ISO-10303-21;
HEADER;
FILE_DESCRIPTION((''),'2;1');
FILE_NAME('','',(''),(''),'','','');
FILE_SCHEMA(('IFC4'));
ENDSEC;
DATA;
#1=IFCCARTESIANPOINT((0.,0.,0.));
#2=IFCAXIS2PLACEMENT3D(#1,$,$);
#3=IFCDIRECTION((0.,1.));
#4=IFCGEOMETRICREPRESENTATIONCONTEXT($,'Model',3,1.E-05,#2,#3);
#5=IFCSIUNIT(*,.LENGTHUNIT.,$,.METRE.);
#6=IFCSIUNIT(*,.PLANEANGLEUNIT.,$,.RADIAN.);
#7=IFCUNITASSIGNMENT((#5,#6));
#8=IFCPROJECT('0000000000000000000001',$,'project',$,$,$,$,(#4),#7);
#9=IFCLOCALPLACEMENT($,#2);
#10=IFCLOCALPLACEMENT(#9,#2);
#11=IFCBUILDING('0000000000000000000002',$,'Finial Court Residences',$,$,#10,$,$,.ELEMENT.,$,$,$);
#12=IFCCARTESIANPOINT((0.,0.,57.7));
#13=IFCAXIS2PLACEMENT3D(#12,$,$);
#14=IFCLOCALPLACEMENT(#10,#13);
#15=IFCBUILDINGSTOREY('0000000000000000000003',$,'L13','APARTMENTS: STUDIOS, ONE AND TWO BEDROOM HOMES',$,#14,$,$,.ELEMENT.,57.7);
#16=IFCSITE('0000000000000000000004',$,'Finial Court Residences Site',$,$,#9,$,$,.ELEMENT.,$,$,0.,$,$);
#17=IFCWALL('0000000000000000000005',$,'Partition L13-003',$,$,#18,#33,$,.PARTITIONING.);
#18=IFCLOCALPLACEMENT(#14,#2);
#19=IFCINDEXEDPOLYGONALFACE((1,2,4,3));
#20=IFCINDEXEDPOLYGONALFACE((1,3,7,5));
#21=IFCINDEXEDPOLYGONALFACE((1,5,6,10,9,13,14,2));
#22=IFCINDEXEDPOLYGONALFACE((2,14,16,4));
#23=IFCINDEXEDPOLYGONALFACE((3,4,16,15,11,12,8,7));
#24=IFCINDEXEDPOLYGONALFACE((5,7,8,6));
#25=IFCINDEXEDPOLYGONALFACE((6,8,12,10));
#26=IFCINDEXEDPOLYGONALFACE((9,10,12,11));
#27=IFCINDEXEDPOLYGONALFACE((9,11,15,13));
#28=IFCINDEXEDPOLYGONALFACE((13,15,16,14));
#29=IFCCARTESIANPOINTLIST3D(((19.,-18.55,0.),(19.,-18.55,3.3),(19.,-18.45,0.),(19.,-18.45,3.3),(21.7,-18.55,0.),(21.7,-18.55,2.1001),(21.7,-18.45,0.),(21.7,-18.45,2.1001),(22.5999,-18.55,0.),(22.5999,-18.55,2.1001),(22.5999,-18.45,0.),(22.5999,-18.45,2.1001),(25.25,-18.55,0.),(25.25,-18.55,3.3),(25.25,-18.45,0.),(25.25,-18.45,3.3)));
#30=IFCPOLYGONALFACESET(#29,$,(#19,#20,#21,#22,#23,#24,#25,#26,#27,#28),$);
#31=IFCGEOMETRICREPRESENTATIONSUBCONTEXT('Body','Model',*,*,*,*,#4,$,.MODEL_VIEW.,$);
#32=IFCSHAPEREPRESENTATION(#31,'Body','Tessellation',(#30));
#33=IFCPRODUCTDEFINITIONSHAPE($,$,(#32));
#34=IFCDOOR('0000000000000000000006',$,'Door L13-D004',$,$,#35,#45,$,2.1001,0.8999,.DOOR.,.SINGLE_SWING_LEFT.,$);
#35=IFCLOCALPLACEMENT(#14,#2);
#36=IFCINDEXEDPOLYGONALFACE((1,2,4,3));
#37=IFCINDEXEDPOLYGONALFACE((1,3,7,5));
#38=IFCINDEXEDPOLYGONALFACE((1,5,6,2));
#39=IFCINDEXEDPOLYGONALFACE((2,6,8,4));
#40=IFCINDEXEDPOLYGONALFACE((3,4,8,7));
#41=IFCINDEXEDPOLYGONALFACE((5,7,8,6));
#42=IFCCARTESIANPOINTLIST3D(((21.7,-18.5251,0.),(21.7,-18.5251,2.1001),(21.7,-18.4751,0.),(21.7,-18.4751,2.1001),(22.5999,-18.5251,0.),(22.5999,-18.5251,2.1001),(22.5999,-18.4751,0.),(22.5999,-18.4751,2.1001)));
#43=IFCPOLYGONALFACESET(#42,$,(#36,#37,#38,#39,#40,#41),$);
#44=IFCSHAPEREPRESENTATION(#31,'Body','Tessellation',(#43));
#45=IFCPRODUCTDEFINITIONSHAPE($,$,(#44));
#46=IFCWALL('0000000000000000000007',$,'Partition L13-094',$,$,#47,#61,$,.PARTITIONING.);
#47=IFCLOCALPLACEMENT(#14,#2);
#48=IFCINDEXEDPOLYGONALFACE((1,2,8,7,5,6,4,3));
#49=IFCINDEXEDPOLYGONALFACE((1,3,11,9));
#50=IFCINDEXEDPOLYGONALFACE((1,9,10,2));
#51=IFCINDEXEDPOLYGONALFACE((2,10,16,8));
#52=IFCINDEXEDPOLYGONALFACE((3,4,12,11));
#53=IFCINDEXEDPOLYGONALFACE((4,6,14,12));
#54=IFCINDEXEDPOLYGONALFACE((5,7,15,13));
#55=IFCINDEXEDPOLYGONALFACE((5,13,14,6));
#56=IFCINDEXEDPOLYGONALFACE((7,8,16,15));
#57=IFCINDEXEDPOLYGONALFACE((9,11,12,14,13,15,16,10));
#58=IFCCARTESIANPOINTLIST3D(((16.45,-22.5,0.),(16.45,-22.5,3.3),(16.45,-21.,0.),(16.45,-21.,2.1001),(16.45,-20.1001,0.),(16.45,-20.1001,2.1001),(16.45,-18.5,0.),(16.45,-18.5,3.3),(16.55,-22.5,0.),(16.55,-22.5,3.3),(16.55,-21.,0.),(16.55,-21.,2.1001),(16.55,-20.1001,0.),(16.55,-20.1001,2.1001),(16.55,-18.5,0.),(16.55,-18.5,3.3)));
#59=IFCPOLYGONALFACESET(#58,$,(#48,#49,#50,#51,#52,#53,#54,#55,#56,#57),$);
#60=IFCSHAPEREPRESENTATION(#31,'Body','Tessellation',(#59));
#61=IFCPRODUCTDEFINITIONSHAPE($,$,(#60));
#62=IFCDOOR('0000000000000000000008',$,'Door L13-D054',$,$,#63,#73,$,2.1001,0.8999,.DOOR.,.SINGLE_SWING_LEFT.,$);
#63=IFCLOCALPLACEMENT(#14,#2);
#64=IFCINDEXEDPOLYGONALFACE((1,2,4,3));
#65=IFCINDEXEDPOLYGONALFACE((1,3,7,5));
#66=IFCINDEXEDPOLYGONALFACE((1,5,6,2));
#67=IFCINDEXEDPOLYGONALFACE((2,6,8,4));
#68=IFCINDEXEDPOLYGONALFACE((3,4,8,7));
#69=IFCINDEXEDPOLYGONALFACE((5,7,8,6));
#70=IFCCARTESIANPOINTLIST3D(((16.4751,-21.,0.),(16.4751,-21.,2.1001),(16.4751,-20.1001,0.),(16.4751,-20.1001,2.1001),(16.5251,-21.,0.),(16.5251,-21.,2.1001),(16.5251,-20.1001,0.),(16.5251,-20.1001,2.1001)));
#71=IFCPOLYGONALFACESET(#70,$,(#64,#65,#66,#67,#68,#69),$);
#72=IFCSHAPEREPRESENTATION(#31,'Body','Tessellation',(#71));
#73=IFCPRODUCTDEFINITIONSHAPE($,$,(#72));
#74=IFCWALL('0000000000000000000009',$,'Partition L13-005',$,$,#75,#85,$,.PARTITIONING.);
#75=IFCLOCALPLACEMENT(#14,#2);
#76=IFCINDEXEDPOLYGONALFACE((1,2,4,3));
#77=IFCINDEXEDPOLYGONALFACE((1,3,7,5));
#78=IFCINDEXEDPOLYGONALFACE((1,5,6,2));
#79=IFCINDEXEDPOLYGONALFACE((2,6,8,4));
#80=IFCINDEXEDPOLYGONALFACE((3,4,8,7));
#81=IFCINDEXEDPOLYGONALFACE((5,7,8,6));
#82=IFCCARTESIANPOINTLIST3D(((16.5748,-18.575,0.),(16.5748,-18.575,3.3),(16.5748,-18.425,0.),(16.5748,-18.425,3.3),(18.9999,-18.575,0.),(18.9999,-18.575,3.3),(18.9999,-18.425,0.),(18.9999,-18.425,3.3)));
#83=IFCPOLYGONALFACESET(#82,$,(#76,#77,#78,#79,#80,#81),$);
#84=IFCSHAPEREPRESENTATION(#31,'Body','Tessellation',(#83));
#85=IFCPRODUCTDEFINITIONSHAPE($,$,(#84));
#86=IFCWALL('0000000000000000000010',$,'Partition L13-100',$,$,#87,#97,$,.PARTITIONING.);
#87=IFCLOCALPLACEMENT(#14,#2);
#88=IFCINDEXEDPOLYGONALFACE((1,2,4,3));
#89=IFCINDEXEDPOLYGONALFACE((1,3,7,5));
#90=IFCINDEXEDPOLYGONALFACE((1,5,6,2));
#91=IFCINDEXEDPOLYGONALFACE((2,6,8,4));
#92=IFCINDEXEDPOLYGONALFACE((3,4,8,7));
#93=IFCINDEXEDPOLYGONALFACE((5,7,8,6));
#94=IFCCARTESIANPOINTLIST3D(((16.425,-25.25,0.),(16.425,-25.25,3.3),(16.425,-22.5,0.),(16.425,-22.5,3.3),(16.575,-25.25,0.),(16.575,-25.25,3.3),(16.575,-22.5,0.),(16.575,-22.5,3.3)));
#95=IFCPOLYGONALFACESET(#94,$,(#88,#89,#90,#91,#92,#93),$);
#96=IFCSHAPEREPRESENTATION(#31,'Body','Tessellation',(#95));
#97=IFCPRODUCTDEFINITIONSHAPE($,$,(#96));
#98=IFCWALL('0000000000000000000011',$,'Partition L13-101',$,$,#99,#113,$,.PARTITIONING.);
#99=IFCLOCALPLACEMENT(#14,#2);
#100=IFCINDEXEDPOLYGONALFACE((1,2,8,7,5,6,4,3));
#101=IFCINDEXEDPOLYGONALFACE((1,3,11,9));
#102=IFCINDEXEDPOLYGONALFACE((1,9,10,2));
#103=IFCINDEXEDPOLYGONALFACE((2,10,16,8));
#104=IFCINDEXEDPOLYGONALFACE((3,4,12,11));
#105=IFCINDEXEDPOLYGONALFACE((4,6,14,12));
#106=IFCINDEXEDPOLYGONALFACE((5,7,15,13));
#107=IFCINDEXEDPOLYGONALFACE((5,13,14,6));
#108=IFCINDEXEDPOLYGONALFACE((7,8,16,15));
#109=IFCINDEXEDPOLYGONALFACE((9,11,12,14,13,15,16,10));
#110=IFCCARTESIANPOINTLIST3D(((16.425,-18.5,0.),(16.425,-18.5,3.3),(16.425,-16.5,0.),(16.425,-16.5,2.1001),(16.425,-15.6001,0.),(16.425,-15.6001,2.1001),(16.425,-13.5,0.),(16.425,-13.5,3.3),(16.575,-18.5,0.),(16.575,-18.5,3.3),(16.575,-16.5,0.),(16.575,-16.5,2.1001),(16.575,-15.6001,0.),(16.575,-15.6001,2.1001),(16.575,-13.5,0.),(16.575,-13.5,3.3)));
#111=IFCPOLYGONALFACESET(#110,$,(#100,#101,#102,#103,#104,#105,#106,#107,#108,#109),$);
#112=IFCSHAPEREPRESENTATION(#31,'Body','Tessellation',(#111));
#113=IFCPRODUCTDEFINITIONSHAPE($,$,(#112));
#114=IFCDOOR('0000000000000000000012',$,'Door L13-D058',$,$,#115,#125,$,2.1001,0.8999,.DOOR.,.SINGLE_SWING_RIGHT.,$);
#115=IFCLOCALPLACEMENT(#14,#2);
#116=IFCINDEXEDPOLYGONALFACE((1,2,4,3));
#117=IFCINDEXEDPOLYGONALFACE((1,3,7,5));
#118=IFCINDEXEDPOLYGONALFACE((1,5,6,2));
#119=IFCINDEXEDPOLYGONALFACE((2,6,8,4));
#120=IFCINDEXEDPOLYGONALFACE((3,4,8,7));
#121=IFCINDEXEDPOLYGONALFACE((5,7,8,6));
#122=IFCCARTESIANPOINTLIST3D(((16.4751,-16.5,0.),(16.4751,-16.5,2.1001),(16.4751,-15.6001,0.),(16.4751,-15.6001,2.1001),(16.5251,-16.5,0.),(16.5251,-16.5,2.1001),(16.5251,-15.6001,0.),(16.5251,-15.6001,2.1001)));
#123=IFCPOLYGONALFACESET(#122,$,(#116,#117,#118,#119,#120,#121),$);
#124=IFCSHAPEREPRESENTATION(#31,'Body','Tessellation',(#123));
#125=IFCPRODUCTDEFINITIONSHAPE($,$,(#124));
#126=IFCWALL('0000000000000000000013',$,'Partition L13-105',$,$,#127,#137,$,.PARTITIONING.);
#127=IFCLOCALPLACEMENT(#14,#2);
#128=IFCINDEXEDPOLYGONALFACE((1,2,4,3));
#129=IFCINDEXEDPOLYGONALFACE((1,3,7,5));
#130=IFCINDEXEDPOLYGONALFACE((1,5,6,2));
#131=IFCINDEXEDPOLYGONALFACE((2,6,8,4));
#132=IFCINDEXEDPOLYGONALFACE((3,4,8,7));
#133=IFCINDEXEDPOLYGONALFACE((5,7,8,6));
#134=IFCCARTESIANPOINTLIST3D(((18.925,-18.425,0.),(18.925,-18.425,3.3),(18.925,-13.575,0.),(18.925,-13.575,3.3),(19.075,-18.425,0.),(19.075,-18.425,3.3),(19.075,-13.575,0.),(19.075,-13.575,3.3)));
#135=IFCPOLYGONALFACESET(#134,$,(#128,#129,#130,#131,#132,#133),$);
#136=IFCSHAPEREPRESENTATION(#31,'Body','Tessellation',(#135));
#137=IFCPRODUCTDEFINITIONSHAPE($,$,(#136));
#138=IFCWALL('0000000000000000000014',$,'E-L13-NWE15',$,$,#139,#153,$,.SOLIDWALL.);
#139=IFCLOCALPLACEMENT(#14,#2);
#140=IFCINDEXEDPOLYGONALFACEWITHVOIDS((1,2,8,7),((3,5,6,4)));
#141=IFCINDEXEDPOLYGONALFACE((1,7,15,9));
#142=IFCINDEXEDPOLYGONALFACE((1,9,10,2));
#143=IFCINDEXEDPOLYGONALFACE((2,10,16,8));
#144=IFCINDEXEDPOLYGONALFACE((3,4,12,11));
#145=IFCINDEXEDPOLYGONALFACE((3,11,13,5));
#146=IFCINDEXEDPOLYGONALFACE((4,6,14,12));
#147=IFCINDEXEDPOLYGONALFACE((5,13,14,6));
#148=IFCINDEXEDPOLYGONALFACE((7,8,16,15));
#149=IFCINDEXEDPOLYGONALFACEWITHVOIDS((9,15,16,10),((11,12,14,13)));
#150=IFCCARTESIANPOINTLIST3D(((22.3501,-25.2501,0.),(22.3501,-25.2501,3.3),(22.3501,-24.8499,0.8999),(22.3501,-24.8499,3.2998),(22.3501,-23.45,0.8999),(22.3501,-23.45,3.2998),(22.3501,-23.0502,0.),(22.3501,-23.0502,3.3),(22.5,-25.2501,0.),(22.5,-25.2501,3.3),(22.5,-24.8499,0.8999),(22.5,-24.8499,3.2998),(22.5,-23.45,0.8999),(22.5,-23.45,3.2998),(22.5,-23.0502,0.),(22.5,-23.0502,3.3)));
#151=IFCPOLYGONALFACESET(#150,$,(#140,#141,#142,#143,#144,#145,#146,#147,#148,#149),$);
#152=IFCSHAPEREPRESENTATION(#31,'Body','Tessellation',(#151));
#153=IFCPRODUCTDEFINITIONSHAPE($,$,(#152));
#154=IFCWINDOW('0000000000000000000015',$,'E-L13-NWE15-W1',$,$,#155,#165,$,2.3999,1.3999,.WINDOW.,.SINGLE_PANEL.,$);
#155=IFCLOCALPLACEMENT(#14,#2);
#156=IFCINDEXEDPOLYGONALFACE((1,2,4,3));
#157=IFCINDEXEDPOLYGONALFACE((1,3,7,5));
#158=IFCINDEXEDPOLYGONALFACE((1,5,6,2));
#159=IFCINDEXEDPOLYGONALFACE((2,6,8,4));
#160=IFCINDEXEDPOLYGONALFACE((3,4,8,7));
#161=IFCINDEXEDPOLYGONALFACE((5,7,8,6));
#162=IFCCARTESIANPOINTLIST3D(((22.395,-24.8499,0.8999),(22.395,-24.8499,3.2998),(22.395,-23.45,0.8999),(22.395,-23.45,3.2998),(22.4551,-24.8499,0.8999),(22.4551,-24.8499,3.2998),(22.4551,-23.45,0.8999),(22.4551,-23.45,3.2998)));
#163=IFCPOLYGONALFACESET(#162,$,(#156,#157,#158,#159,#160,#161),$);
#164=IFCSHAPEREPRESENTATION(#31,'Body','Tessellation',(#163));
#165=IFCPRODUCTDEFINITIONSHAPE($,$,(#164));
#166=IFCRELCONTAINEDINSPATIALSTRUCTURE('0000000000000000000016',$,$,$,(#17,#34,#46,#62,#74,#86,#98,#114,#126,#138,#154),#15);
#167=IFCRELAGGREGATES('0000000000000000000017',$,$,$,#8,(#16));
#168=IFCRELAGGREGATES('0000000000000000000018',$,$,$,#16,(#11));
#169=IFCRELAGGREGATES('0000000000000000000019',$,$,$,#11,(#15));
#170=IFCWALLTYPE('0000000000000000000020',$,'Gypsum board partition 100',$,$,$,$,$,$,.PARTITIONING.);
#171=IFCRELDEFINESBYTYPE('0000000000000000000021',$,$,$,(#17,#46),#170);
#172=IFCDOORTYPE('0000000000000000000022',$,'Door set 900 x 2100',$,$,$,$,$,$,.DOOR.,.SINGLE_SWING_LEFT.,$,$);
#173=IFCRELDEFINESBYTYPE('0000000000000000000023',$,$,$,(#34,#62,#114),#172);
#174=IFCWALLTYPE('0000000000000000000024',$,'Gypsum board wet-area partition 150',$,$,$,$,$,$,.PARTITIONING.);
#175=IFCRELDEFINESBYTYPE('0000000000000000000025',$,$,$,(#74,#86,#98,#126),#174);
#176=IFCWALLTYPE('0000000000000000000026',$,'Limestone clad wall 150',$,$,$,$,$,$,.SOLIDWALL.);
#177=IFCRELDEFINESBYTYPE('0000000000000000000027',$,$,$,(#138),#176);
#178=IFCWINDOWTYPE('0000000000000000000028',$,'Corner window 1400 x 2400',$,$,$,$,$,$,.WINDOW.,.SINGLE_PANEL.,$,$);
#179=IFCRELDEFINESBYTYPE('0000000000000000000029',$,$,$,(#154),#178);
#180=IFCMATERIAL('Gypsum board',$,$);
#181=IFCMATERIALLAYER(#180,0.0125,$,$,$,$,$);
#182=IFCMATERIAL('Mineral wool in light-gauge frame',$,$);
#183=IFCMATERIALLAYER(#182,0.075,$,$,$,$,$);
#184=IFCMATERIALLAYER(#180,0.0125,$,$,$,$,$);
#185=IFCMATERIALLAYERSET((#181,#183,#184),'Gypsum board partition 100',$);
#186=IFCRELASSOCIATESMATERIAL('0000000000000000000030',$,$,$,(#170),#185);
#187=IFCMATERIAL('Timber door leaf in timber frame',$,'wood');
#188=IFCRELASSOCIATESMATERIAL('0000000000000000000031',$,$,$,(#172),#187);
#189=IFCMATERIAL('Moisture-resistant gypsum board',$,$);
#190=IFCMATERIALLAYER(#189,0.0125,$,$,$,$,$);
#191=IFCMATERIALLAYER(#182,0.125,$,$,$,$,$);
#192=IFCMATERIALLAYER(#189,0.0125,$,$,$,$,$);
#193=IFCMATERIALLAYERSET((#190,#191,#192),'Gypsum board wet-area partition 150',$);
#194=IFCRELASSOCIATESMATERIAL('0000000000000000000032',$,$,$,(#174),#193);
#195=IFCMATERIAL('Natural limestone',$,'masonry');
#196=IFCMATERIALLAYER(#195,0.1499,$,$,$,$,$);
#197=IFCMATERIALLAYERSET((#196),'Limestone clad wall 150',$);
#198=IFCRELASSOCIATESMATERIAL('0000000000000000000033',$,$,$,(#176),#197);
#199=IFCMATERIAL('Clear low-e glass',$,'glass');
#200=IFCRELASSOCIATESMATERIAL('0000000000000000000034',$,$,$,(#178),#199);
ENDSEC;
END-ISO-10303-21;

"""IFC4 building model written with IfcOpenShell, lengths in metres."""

from ifc_helpers import new_model, si_unit, direction, frame, frame_2d, origin, place, context, subcontext, project, spatial, rectangle, extrude, material, layer, layer_set, type_object, element, fill, save


model = new_model("IFC4")

# Units and contexts
model_context = context("Model", 3, precision=1e-05, world=origin(), true_north=direction((0.0, 1.0)))
body_context = subcontext(model_context, "Body", "Model", "MODEL_VIEW")
ifc_project = project(units=[si_unit("LENGTHUNIT", "METRE"), si_unit("PLANEANGLEUNIT", "RADIAN")], contexts=[model_context])

# Site, building, storey
site_placement = place(None, origin())
site = spatial("IfcSite", under=ifc_project, at=site_placement, Name="Finial Court Residences Site", CompositionType="ELEMENT", RefElevation=0.0)
building_placement = place(site_placement, origin())
building = spatial("IfcBuilding", under=site, at=building_placement, Name="Finial Court Residences", CompositionType="ELEMENT")
storey_placement = place(building_placement, frame((0.0, 0.0, 57.7)))
storey = spatial("IfcBuildingStorey", under=building, at=storey_placement, Name="L13", Description="APARTMENTS: STUDIOS, ONE AND TWO BEDROOM HOMES", CompositionType="ELEMENT", Elevation=57.7)

# Shared definitions
ifc_material_1 = material(Name="Clear low-e glass", Category="glass")

# Walls, openings, doors
ifc_material_2 = material(Name="Gypsum board")
ifc_layer_1 = layer(ifc_material_2, 0.0125)
ifc_material_3 = material(Name="Mineral wool in light-gauge frame")
ifc_layer_2 = layer(ifc_material_3, 0.075)
ifc_layer_3 = layer(ifc_material_2, 0.0125)
ifc_layer_set_1 = layer_set([ifc_layer_1, ifc_layer_2, ifc_layer_3], Name="Gypsum board partition 100")
wall_type_1 = type_object("IfcWallType", Name="Gypsum board partition 100", PredefinedType="PARTITIONING", material=ifc_layer_set_1)
wall_1_placement = place(storey_placement, frame((19.0, -18.5, 0.0), z_axis=(0.0, 0.0, 1.0), x_axis=(1.0, 0.0, 0.0)))
wall_1 = element("IfcWall", 1, at=wall_1_placement, inside=storey, type_object=wall_type_1, Name="Partition L13-003", PredefinedType="PARTITIONING", context=body_context, shape_type="SweptSolid", body=[
    extrude(rectangle(XDim=6.25, YDim=0.1001, at=frame_2d((3.125, 0.0))), origin(), (0.0, 0.0, 1.0), 3.3),
])
opening_1_placement = place(wall_1_placement, frame((2.7, 0.0, 0.0)))
opening_1 = element("IfcOpeningElement", 2, at=opening_1_placement, cuts=wall_1, PredefinedType="OPENING", context=body_context, shape_type="SweptSolid", body=[
    extrude(rectangle(XDim=0.8999, YDim=2.1001, at=frame_2d((0.45, 1.05))), frame((0.0, 0.0601, 0.0), z_axis=(0.0, -1.0, 0.0), x_axis=(1.0, 0.0, 0.0)), (0.0, 0.0, 1.0), 0.1201),
])
ifc_material_4 = material(Name="Timber door leaf in timber frame", Category="wood")
door_type = type_object("IfcDoorType", Name="Door set 900 x 2100", OperationType="SINGLE_SWING_LEFT", PredefinedType="DOOR", material=ifc_material_4)
door_1_placement = place(opening_1_placement, origin())
door_1 = element("IfcDoor", 3, at=door_1_placement, inside=storey, type_object=door_type, Name="Door L13-D004", OperationType="SINGLE_SWING_LEFT", OverallHeight=2.1001, OverallWidth=0.8999, PredefinedType="DOOR", context=body_context, shape_type="SweptSolid", body=[
    extrude(rectangle(XDim=0.8999, YDim=2.1001, at=frame_2d((0.45, 1.05))), frame((0.0, 0.0249, 0.0), z_axis=(0.0, -1.0, 0.0), x_axis=(1.0, 0.0, 0.0)), (0.0, 0.0, 1.0), 0.05),
])
fill(opening_1, door_1)
wall_2_placement = place(storey_placement, frame((16.5, -22.5, 0.0), z_axis=(0.0, 0.0, 1.0), x_axis=(0.0, 1.0, 0.0)))
wall_2 = element("IfcWall", 4, at=wall_2_placement, inside=storey, type_object=wall_type_1, Name="Partition L13-094", PredefinedType="PARTITIONING", context=body_context, shape_type="SweptSolid", body=[
    extrude(rectangle(XDim=4.0, YDim=0.1001, at=frame_2d((2.0, 0.0))), origin(), (0.0, 0.0, 1.0), 3.3),
])
opening_2_placement = place(wall_2_placement, frame((1.5, 0.0, 0.0)))
opening_2 = element("IfcOpeningElement", 5, at=opening_2_placement, cuts=wall_2, PredefinedType="OPENING", context=body_context, shape_type="SweptSolid", body=[
    extrude(rectangle(XDim=0.8999, YDim=2.1001, at=frame_2d((0.45, 1.05))), frame((0.0, 0.0601, 0.0), z_axis=(0.0, -1.0, 0.0), x_axis=(1.0, 0.0, 0.0)), (0.0, 0.0, 1.0), 0.1201),
])
door_2_placement = place(opening_2_placement, origin())
door_2 = element("IfcDoor", 6, at=door_2_placement, inside=storey, type_object=door_type, Name="Door L13-D054", OperationType="SINGLE_SWING_LEFT", OverallHeight=2.1001, OverallWidth=0.8999, PredefinedType="DOOR", context=body_context, shape_type="SweptSolid", body=[
    extrude(rectangle(XDim=0.8999, YDim=2.1001, at=frame_2d((0.45, 1.05))), frame((0.0, 0.0249, 0.0), z_axis=(0.0, -1.0, 0.0), x_axis=(1.0, 0.0, 0.0)), (0.0, 0.0, 1.0), 0.05),
])
fill(opening_2, door_2)

# Walls
ifc_material_5 = material(Name="Moisture-resistant gypsum board")
ifc_layer_4 = layer(ifc_material_5, 0.0125)
ifc_layer_5 = layer(ifc_material_3, 0.125)
ifc_layer_6 = layer(ifc_material_5, 0.0125)
ifc_layer_set_2 = layer_set([ifc_layer_4, ifc_layer_5, ifc_layer_6], Name="Gypsum board wet-area partition 150")
wall_type_2 = type_object("IfcWallType", Name="Gypsum board wet-area partition 150", PredefinedType="PARTITIONING", material=ifc_layer_set_2)
wall_3_placement = place(storey_placement, frame((16.575, -18.5, 0.0), z_axis=(0.0, 0.0, 1.0), x_axis=(1.0, 0.0, 0.0)))
element("IfcWall", 7, at=wall_3_placement, inside=storey, type_object=wall_type_2, Name="Partition L13-005", PredefinedType="PARTITIONING", context=body_context, shape_type="SweptSolid", body=[
    extrude(rectangle(XDim=2.425, YDim=0.1499, at=frame_2d((1.2124, 0.0))), origin(), (0.0, 0.0, 1.0), 3.3),
])
wall_4_placement = place(storey_placement, frame((16.5, -25.25, 0.0), z_axis=(0.0, 0.0, 1.0), x_axis=(0.0, 1.0, 0.0)))
element("IfcWall", 8, at=wall_4_placement, inside=storey, type_object=wall_type_2, Name="Partition L13-100", PredefinedType="PARTITIONING", context=body_context, shape_type="SweptSolid", body=[
    extrude(rectangle(XDim=2.75, YDim=0.1499, at=frame_2d((1.375, 0.0))), origin(), (0.0, 0.0, 1.0), 3.3),
])

# Wall, opening, door
wall_5_placement = place(storey_placement, frame((16.5, -18.5, 0.0), z_axis=(0.0, 0.0, 1.0), x_axis=(0.0, 1.0, 0.0)))
wall_5 = element("IfcWall", 9, at=wall_5_placement, inside=storey, type_object=wall_type_2, Name="Partition L13-101", PredefinedType="PARTITIONING", context=body_context, shape_type="SweptSolid", body=[
    extrude(rectangle(XDim=5.0, YDim=0.1499, at=frame_2d((2.5, 0.0))), origin(), (0.0, 0.0, 1.0), 3.3),
])
opening_3_placement = place(wall_5_placement, frame((2.0, 0.0, 0.0)))
opening_3 = element("IfcOpeningElement", 10, at=opening_3_placement, cuts=wall_5, PredefinedType="OPENING", context=body_context, shape_type="SweptSolid", body=[
    extrude(rectangle(XDim=0.8999, YDim=2.1001, at=frame_2d((0.45, 1.05))), frame((0.0, 0.085, 0.0), z_axis=(0.0, -1.0, 0.0), x_axis=(1.0, 0.0, 0.0)), (0.0, 0.0, 1.0), 0.1699),
])
door_3_placement = place(opening_3_placement, origin())
door_3 = element("IfcDoor", 11, at=door_3_placement, inside=storey, type_object=door_type, Name="Door L13-D058", OperationType="SINGLE_SWING_RIGHT", OverallHeight=2.1001, OverallWidth=0.8999, PredefinedType="DOOR", context=body_context, shape_type="SweptSolid", body=[
    extrude(rectangle(XDim=0.8999, YDim=2.1001, at=frame_2d((0.45, 1.05))), frame((0.0, 0.0249, 0.0), z_axis=(0.0, -1.0, 0.0), x_axis=(1.0, 0.0, 0.0)), (0.0, 0.0, 1.0), 0.05),
])
fill(opening_3, door_3)

# Wall
wall_6_placement = place(storey_placement, frame((19.0, -18.425, 0.0), z_axis=(0.0, 0.0, 1.0), x_axis=(0.0, 1.0, 0.0)))
element("IfcWall", 12, at=wall_6_placement, inside=storey, type_object=wall_type_2, Name="Partition L13-105", PredefinedType="PARTITIONING", context=body_context, shape_type="SweptSolid", body=[
    extrude(rectangle(XDim=4.8501, YDim=0.1499, at=frame_2d((2.425, 0.0))), origin(), (0.0, 0.0, 1.0), 3.3),
])

# Wall, opening, window
ifc_material_6 = material(Name="Natural limestone", Category="masonry")
ifc_layer_7 = layer(ifc_material_6, 0.1499)
ifc_layer_set_3 = layer_set([ifc_layer_7], Name="Limestone clad wall 150")
wall_type_3 = type_object("IfcWallType", Name="Limestone clad wall 150", PredefinedType="SOLIDWALL", material=ifc_layer_set_3)
wall_7_placement = place(storey_placement, frame((22.425, -23.05, 0.0), z_axis=(0.0, 0.0, 1.0), x_axis=(0.0, -1.0, 0.0)))
wall_7 = element("IfcWall", 13, at=wall_7_placement, inside=storey, type_object=wall_type_3, Name="E-L13-NWE15", PredefinedType="SOLIDWALL", context=body_context, shape_type="SweptSolid", body=[
    extrude(rectangle(XDim=2.2, YDim=0.1499, at=frame_2d((1.1001, 0.0))), origin(), (0.0, 0.0, 1.0), 3.3),
])
opening_4_placement = place(wall_7_placement, frame((0.3999, 0.0, 0.8999)))
opening_4 = element("IfcOpeningElement", 14, at=opening_4_placement, cuts=wall_7, PredefinedType="OPENING", context=body_context, shape_type="SweptSolid", body=[
    extrude(rectangle(XDim=1.3999, YDim=2.3999, at=frame_2d((0.7, 1.2))), frame((0.0, 0.085, 0.0), z_axis=(0.0, -1.0, 0.0), x_axis=(1.0, 0.0, 0.0)), (0.0, 0.0, 1.0), 0.1699),
])
window_type_1 = type_object("IfcWindowType", Name="Corner window 1400 x 2400", PartitioningType="SINGLE_PANEL", PredefinedType="WINDOW", material=ifc_material_1)
window_1_placement = place(opening_4_placement, origin())
window_1 = element("IfcWindow", 15, at=window_1_placement, inside=storey, type_object=window_type_1, Name="E-L13-NWE15-W1", OverallHeight=2.3999, OverallWidth=1.3999, PartitioningType="SINGLE_PANEL", PredefinedType="WINDOW", context=body_context, shape_type="SweptSolid", body=[
    extrude(rectangle(XDim=1.3999, YDim=2.3999, at=frame_2d((0.7, 1.2))), frame((0.0, 0.03, 0.0), z_axis=(0.0, -1.0, 0.0), x_axis=(1.0, 0.0, 0.0)), (0.0, 0.0, 1.0), 0.0601),
])
fill(opening_4, window_1)

save(model, "model.ifc")
